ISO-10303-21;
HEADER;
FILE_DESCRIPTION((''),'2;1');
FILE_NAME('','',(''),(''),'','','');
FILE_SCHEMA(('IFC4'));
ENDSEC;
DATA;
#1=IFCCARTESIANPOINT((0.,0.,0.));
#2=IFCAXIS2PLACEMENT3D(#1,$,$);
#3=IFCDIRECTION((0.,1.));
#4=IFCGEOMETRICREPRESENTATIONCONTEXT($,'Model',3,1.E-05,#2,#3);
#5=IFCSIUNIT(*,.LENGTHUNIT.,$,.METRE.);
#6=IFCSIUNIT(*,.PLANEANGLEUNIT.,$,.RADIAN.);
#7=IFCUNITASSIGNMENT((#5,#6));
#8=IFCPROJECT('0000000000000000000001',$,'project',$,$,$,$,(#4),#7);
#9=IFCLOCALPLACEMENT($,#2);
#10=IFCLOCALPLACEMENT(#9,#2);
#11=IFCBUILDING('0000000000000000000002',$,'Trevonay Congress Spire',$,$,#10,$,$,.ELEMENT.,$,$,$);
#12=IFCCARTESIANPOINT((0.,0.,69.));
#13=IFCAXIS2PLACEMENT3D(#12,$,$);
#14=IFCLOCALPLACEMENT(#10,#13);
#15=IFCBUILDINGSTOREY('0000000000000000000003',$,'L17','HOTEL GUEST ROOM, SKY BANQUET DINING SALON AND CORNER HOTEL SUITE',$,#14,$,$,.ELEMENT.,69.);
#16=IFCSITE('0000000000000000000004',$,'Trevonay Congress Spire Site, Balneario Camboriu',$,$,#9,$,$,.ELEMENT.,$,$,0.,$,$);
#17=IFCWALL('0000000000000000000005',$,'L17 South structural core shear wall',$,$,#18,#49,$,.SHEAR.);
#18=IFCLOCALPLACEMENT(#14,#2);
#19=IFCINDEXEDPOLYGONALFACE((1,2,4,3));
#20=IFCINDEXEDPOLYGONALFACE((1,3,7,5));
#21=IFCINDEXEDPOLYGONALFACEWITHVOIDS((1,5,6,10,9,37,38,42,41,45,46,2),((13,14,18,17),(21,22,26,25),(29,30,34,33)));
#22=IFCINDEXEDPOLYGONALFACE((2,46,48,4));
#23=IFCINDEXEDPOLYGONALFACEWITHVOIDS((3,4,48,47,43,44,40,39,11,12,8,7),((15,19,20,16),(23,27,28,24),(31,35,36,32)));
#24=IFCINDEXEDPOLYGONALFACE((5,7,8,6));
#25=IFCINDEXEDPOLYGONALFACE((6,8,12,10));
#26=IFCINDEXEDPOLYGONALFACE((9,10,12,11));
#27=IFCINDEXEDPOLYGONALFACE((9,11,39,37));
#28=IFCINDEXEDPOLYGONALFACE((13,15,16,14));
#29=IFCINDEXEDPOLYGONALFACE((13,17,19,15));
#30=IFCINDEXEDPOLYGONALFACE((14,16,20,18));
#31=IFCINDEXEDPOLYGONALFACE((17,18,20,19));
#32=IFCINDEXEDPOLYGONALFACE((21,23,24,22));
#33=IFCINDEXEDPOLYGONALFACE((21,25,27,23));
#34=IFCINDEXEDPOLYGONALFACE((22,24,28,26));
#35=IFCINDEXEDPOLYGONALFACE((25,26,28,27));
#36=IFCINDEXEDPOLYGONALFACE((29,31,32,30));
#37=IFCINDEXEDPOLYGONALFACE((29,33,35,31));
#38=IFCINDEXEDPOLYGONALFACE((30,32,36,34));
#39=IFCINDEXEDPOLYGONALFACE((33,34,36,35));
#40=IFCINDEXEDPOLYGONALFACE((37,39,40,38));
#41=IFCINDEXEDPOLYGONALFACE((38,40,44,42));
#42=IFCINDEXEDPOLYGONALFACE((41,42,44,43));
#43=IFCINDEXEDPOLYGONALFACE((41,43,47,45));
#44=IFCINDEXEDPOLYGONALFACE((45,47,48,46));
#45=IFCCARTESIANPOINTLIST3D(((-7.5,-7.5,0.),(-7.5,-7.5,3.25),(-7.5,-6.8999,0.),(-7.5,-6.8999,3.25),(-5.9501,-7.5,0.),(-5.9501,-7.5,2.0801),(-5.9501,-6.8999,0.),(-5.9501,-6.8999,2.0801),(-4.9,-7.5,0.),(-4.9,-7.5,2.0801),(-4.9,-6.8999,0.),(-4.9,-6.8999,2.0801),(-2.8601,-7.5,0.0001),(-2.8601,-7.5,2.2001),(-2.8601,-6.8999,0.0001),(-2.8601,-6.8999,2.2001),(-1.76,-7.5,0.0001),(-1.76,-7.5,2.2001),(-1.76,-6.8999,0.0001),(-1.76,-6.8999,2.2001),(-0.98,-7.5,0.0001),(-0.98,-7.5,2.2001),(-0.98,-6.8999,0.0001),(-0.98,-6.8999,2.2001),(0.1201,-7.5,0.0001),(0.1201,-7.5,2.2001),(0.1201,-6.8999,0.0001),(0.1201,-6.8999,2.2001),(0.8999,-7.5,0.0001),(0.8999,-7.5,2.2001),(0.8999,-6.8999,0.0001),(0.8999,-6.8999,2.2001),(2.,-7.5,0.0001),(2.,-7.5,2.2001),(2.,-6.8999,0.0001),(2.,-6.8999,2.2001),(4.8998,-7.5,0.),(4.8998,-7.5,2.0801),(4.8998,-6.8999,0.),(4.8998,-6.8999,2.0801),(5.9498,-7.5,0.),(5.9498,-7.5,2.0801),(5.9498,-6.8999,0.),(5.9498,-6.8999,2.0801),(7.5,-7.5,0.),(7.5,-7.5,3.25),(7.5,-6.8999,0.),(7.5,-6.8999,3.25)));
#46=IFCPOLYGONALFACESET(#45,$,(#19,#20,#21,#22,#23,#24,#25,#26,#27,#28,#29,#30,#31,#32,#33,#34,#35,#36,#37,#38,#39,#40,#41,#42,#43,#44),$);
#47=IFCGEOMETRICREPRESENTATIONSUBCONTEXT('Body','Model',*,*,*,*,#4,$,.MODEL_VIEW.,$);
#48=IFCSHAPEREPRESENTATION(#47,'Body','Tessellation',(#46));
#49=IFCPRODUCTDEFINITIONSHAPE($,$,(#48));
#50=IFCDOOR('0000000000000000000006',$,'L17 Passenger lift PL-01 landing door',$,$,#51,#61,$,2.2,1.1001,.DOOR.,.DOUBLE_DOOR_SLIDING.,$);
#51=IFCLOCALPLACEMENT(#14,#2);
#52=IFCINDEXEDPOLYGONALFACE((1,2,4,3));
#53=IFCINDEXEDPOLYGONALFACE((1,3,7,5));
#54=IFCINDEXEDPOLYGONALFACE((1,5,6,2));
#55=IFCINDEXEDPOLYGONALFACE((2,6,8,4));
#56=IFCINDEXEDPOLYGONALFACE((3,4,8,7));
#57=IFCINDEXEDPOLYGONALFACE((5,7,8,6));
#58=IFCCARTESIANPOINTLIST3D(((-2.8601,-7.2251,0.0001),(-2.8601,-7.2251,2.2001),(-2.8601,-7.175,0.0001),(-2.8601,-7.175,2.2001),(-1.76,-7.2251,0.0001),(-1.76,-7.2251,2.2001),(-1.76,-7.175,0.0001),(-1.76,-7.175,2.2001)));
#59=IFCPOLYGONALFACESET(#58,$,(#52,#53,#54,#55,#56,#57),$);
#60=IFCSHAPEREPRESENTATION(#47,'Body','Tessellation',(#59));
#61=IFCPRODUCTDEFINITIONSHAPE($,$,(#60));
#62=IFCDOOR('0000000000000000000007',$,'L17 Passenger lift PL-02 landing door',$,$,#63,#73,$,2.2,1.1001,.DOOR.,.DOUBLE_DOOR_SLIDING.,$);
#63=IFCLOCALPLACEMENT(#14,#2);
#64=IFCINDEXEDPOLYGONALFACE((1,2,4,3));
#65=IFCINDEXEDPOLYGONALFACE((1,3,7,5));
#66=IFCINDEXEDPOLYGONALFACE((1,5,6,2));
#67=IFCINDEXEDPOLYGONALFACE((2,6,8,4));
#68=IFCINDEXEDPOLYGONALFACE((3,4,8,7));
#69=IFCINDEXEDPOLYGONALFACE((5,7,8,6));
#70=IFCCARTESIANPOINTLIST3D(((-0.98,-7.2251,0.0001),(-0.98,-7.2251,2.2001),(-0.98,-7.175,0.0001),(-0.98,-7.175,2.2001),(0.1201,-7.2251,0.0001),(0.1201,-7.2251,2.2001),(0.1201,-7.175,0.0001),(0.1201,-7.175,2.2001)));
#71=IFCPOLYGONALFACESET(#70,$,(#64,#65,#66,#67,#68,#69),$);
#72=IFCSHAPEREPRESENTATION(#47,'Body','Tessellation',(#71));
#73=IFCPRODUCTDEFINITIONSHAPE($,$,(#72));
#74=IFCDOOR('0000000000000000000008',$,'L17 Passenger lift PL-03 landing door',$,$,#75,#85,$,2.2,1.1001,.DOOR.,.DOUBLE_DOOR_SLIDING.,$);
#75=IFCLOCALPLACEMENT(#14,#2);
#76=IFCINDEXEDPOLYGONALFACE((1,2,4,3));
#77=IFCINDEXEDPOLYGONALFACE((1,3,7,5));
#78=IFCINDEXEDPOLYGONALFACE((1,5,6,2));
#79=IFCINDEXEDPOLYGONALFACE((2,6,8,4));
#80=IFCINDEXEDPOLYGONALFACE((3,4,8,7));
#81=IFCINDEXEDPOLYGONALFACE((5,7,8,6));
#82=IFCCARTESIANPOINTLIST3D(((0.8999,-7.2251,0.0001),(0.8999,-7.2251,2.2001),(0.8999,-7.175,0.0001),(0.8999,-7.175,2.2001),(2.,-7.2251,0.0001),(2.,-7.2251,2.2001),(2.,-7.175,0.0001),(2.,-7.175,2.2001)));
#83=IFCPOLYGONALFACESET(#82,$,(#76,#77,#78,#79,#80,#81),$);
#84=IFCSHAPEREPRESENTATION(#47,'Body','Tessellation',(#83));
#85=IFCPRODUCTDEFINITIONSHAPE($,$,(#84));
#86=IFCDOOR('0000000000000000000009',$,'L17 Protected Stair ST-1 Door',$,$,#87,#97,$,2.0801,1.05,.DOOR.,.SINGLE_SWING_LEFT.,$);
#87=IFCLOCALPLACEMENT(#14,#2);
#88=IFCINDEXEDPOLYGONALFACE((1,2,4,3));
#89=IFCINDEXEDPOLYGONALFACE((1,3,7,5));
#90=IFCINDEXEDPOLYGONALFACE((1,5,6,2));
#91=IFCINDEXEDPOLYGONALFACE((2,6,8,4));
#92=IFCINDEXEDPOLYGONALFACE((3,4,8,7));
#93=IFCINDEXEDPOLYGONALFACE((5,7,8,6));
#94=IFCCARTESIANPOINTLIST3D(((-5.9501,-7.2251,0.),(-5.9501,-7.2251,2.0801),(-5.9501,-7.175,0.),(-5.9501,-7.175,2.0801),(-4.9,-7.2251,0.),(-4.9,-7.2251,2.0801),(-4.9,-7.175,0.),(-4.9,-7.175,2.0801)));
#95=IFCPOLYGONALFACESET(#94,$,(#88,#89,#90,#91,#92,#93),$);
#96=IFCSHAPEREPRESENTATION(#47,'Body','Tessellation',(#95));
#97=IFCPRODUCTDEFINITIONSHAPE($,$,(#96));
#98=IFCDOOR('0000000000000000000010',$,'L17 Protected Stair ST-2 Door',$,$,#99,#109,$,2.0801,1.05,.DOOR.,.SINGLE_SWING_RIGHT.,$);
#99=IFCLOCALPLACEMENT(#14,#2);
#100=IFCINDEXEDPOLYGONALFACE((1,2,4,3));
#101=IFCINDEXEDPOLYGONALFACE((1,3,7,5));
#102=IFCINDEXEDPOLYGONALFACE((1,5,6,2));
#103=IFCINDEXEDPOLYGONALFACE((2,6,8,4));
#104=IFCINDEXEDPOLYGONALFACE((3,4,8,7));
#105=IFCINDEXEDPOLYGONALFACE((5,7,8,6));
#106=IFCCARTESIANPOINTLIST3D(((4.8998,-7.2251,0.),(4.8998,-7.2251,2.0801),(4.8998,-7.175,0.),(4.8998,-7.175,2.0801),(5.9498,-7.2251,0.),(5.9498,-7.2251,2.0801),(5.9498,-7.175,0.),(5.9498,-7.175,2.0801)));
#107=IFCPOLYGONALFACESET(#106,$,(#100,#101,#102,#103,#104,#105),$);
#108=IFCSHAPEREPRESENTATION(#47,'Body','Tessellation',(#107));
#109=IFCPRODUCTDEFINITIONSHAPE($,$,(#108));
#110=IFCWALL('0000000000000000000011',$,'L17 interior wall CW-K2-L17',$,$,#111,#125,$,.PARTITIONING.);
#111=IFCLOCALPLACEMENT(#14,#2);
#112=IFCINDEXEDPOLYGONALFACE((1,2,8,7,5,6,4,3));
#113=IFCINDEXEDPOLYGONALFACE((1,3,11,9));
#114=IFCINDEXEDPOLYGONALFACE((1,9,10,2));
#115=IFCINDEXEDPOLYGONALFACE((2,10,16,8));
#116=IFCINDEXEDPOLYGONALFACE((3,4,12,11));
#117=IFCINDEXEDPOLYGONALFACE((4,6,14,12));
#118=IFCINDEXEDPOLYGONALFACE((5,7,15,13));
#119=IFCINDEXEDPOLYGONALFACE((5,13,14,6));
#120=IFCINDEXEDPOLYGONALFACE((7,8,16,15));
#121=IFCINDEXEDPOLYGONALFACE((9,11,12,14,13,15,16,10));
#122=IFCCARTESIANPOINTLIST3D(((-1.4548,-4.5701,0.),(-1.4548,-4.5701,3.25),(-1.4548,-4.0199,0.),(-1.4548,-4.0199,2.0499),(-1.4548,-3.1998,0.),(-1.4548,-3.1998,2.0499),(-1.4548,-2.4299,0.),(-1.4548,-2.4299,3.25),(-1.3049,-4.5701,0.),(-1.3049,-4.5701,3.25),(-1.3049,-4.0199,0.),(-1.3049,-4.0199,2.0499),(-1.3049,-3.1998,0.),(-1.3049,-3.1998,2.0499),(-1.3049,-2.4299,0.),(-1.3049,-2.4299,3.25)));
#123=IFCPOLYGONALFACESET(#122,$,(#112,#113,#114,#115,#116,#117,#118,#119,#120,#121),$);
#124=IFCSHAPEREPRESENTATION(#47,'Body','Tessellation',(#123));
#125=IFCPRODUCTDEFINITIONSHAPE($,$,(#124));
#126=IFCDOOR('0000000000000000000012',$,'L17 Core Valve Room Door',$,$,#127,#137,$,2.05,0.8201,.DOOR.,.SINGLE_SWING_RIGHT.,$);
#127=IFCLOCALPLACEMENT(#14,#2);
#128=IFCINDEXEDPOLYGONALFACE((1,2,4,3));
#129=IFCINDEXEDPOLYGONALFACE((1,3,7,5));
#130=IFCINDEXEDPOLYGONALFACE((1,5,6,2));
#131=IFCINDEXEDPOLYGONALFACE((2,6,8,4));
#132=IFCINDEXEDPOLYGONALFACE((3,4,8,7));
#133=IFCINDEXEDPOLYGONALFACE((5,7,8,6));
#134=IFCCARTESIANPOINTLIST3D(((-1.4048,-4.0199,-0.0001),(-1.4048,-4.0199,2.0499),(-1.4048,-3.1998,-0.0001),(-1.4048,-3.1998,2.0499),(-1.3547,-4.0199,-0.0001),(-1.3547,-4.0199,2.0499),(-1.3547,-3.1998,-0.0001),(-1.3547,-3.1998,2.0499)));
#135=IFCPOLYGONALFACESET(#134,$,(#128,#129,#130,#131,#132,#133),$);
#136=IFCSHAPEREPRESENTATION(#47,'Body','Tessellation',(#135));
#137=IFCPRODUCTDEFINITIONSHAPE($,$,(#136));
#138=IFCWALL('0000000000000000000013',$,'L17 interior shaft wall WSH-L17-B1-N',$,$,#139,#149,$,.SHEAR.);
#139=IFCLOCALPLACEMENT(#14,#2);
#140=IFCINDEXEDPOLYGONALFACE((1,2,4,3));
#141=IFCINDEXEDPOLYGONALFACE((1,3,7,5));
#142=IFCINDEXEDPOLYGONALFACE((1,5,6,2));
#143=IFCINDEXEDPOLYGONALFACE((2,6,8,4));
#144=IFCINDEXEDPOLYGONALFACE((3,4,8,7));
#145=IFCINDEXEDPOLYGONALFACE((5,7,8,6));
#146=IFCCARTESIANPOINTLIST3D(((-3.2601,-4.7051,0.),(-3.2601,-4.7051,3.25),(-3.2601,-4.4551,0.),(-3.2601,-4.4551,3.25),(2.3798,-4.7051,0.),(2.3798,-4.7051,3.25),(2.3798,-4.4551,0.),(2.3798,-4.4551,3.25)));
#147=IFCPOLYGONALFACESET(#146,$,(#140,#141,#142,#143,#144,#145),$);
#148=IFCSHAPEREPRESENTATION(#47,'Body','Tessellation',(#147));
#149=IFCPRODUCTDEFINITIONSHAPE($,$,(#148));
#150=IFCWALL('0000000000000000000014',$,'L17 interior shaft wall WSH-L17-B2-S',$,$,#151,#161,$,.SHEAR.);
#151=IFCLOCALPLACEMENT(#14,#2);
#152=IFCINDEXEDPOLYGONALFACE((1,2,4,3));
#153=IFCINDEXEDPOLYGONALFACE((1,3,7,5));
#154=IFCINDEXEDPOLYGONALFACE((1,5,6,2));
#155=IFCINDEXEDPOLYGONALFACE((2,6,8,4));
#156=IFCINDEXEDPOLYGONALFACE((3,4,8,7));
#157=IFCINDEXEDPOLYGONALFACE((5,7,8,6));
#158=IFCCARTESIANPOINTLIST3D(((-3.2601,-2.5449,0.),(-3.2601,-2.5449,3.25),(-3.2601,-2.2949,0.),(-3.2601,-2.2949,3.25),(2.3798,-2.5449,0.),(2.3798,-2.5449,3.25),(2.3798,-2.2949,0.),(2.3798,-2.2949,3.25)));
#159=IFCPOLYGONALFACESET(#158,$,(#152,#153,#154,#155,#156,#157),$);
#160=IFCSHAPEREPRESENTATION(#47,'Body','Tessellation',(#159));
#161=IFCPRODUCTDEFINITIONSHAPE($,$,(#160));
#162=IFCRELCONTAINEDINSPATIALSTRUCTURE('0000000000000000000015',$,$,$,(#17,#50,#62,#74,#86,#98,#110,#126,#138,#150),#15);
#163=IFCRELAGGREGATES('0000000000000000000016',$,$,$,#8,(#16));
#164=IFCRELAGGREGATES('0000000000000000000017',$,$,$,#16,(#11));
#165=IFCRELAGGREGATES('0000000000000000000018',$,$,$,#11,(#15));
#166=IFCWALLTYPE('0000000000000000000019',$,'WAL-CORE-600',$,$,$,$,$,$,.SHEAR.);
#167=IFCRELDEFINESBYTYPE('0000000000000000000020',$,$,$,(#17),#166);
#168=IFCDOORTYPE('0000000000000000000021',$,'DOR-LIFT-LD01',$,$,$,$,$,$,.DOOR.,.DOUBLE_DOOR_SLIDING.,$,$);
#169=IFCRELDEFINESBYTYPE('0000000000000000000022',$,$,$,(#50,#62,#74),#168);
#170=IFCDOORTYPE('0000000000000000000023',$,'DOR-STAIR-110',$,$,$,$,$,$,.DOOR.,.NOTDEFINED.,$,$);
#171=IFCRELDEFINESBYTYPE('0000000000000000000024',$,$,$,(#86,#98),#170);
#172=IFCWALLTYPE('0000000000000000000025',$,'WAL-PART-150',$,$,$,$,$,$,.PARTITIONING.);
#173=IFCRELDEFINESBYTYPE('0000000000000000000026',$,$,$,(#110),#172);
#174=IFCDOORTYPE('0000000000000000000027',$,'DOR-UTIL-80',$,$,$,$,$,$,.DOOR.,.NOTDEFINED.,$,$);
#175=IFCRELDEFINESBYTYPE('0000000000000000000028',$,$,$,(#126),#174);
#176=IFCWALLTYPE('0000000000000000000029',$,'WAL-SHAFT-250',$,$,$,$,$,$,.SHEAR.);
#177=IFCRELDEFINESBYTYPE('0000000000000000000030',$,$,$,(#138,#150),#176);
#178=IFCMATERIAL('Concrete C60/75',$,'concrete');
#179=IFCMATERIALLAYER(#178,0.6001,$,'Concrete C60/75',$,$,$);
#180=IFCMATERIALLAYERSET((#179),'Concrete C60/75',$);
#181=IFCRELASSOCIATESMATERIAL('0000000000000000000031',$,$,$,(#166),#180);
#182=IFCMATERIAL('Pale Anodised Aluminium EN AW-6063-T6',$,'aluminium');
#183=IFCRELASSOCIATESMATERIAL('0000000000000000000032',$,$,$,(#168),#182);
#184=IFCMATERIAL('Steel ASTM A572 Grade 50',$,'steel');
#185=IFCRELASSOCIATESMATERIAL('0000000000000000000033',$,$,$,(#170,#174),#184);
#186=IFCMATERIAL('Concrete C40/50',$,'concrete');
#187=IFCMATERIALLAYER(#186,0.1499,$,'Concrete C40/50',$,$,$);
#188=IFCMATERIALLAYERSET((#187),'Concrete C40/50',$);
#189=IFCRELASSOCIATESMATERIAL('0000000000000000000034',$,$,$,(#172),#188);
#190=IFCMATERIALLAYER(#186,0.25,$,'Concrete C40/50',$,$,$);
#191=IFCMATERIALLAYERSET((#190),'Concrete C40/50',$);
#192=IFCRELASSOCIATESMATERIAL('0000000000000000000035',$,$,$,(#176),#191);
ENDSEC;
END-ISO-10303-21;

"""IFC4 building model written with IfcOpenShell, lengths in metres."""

from ifc_helpers import new_model, si_unit, direction, frame, frame_2d, origin, place, context, subcontext, project, spatial, rectangle, extrude, material, layer, layer_set, type_object, element, fill, save


model = new_model("IFC4")

# Units and contexts
model_context = context("Model", 3, precision=1e-05, world=origin(), true_north=direction((0.0, 1.0)))
body_context = subcontext(model_context, "Body", "Model", "MODEL_VIEW")
ifc_project = project(units=[si_unit("LENGTHUNIT", "METRE"), si_unit("PLANEANGLEUNIT", "RADIAN")], contexts=[model_context])

# Site, building, storey
site_placement = place(None, origin())
site = spatial("IfcSite", under=ifc_project, at=site_placement, Name="Trevonay Congress Spire Site, Balneario Camboriu", CompositionType="ELEMENT", RefElevation=0.0)
building_placement = place(site_placement, origin())
building = spatial("IfcBuilding", under=site, at=building_placement, Name="Trevonay Congress Spire", CompositionType="ELEMENT")
storey_placement = place(building_placement, frame((0.0, 0.0, 69.0)))
storey = spatial("IfcBuildingStorey", under=building, at=storey_placement, Name="L17", Description="HOTEL GUEST ROOM, SKY BANQUET DINING SALON AND CORNER HOTEL SUITE", CompositionType="ELEMENT", Elevation=69.0)

# Shared definitions
ifc_material_1 = material(Name="Steel ASTM A572 Grade 50", Category="steel")

# Shared definitions
ifc_material_2 = material(Name="Concrete C40/50", Category="concrete")

# Wall, openings, doors
ifc_material_3 = material(Name="Concrete C60/75", Category="concrete")
ifc_layer_1 = layer(ifc_material_3, 0.6001, Name="Concrete C60/75")
ifc_layer_set_1 = layer_set([ifc_layer_1], Name="Concrete C60/75")
wall_type_1 = type_object("IfcWallType", Name="WAL-CORE-600", PredefinedType="SHEAR", material=ifc_layer_set_1)
wall_1_placement = place(storey_placement, frame((-7.5, -7.2, 0.0), z_axis=(0.0, 0.0, 1.0), x_axis=(1.0, 0.0, 0.0)))
wall_1 = element("IfcWall", 1, at=wall_1_placement, inside=storey, type_object=wall_type_1, Name="L17 South structural core shear wall", PredefinedType="SHEAR", context=body_context, shape_type="SweptSolid", body=[
    extrude(rectangle(XDim=15.0, YDim=0.6001, at=frame_2d((7.5, 0.0))), origin(), (0.0, 0.0, 1.0), 3.25),
])
opening_1_placement = place(wall_1_placement, frame((1.55, 0.0, 0.0)))
opening_1 = element("IfcOpeningElement", 2, at=opening_1_placement, cuts=wall_1, PredefinedType="OPENING", context=body_context, shape_type="SweptSolid", body=[
    extrude(rectangle(XDim=1.05, YDim=2.0801, at=frame_2d((0.5249, 1.04))), frame((0.0, 0.3101, 0.0), z_axis=(0.0, -1.0, 0.0), x_axis=(1.0, 0.0, 0.0)), (0.0, 0.0, 1.0), 0.6201),
])
opening_2_placement = place(wall_1_placement, frame((12.3999, 0.0, 0.0)))
opening_2 = element("IfcOpeningElement", 3, at=opening_2_placement, cuts=wall_1, PredefinedType="OPENING", context=body_context, shape_type="SweptSolid", body=[
    extrude(rectangle(XDim=1.05, YDim=2.0801, at=frame_2d((0.5249, 1.04))), frame((0.0, 0.3101, 0.0), z_axis=(0.0, -1.0, 0.0), x_axis=(1.0, 0.0, 0.0)), (0.0, 0.0, 1.0), 0.6201),
])
opening_3_placement = place(wall_1_placement, frame((4.6399, 0.0, 0.0)))
opening_3 = element("IfcOpeningElement", 4, at=opening_3_placement, cuts=wall_1, PredefinedType="OPENING", context=body_context, shape_type="SweptSolid", body=[
    extrude(rectangle(XDim=1.1001, YDim=2.2, at=frame_2d((0.55, 1.1001))), frame((0.0, 0.3101, 0.0), z_axis=(0.0, -1.0, 0.0), x_axis=(1.0, 0.0, 0.0)), (0.0, 0.0, 1.0), 0.6201),
])
opening_4_placement = place(wall_1_placement, frame((6.52, 0.0, 0.0)))
opening_4 = element("IfcOpeningElement", 5, at=opening_4_placement, cuts=wall_1, PredefinedType="OPENING", context=body_context, shape_type="SweptSolid", body=[
    extrude(rectangle(XDim=1.1001, YDim=2.2, at=frame_2d((0.55, 1.1001))), frame((0.0, 0.3101, 0.0), z_axis=(0.0, -1.0, 0.0), x_axis=(1.0, 0.0, 0.0)), (0.0, 0.0, 1.0), 0.6201),
])
opening_5_placement = place(wall_1_placement, frame((8.3999, 0.0, 0.0)))
opening_5 = element("IfcOpeningElement", 6, at=opening_5_placement, cuts=wall_1, PredefinedType="OPENING", context=body_context, shape_type="SweptSolid", body=[
    extrude(rectangle(XDim=1.1001, YDim=2.2, at=frame_2d((0.55, 1.1001))), frame((0.0, 0.3101, 0.0), z_axis=(0.0, -1.0, 0.0), x_axis=(1.0, 0.0, 0.0)), (0.0, 0.0, 1.0), 0.6201),
])
ifc_material_4 = material(Name="Pale Anodised Aluminium EN AW-6063-T6", Category="aluminium")
door_type_1 = type_object("IfcDoorType", Name="DOR-LIFT-LD01", OperationType="DOUBLE_DOOR_SLIDING", PredefinedType="DOOR", material=ifc_material_4)
door_1_placement = place(opening_3_placement, origin())
door_1 = element("IfcDoor", 7, at=door_1_placement, inside=storey, type_object=door_type_1, Name="L17 Passenger lift PL-01 landing door", OperationType="DOUBLE_DOOR_SLIDING", OverallHeight=2.2, OverallWidth=1.1001, PredefinedType="DOOR", context=body_context, shape_type="SweptSolid", body=[
    extrude(rectangle(XDim=1.1001, YDim=2.2, at=frame_2d((0.55, 1.1001))), frame((0.0, 0.0249, 0.0), z_axis=(0.0, -1.0, 0.0), x_axis=(1.0, 0.0, 0.0)), (0.0, 0.0, 1.0), 0.05),
])
fill(opening_3, door_1)
door_2_placement = place(opening_4_placement, origin())
door_2 = element("IfcDoor", 8, at=door_2_placement, inside=storey, type_object=door_type_1, Name="L17 Passenger lift PL-02 landing door", OperationType="DOUBLE_DOOR_SLIDING", OverallHeight=2.2, OverallWidth=1.1001, PredefinedType="DOOR", context=body_context, shape_type="SweptSolid", body=[
    extrude(rectangle(XDim=1.1001, YDim=2.2, at=frame_2d((0.55, 1.1001))), frame((0.0, 0.0249, 0.0), z_axis=(0.0, -1.0, 0.0), x_axis=(1.0, 0.0, 0.0)), (0.0, 0.0, 1.0), 0.05),
])
fill(opening_4, door_2)
door_3_placement = place(opening_5_placement, origin())
door_3 = element("IfcDoor", 9, at=door_3_placement, inside=storey, type_object=door_type_1, Name="L17 Passenger lift PL-03 landing door", OperationType="DOUBLE_DOOR_SLIDING", OverallHeight=2.2, OverallWidth=1.1001, PredefinedType="DOOR", context=body_context, shape_type="SweptSolid", body=[
    extrude(rectangle(XDim=1.1001, YDim=2.2, at=frame_2d((0.55, 1.1001))), frame((0.0, 0.0249, 0.0), z_axis=(0.0, -1.0, 0.0), x_axis=(1.0, 0.0, 0.0)), (0.0, 0.0, 1.0), 0.05),
])
fill(opening_5, door_3)
door_type_2 = type_object("IfcDoorType", Name="DOR-STAIR-110", OperationType="NOTDEFINED", PredefinedType="DOOR", material=ifc_material_1)
door_4_placement = place(opening_1_placement, origin())
door_4 = element("IfcDoor", 10, at=door_4_placement, inside=storey, type_object=door_type_2, Name="L17 Protected Stair ST-1 Door", OperationType="SINGLE_SWING_LEFT", OverallHeight=2.0801, OverallWidth=1.05, PredefinedType="DOOR", context=body_context, shape_type="SweptSolid", body=[
    extrude(rectangle(XDim=1.05, YDim=2.0801, at=frame_2d((0.5249, 1.04))), frame((0.0, 0.0249, 0.0), z_axis=(0.0, -1.0, 0.0), x_axis=(1.0, 0.0, 0.0)), (0.0, 0.0, 1.0), 0.05),
])
fill(opening_1, door_4)
door_5_placement = place(opening_2_placement, origin())
door_5 = element("IfcDoor", 11, at=door_5_placement, inside=storey, type_object=door_type_2, Name="L17 Protected Stair ST-2 Door", OperationType="SINGLE_SWING_RIGHT", OverallHeight=2.0801, OverallWidth=1.05, PredefinedType="DOOR", context=body_context, shape_type="SweptSolid", body=[
    extrude(rectangle(XDim=1.05, YDim=2.0801, at=frame_2d((0.5249, 1.04))), frame((0.0, 0.0249, 0.0), z_axis=(0.0, -1.0, 0.0), x_axis=(1.0, 0.0, 0.0)), (0.0, 0.0, 1.0), 0.05),
])
fill(opening_2, door_5)

# Wall, opening, door
ifc_layer_2 = layer(ifc_material_2, 0.1499, Name="Concrete C40/50")
ifc_layer_set_2 = layer_set([ifc_layer_2], Name="Concrete C40/50")
wall_type_2 = type_object("IfcWallType", Name="WAL-PART-150", PredefinedType="PARTITIONING", material=ifc_layer_set_2)
wall_2_placement = place(storey_placement, frame((-1.3799, -4.5701, 0.0), z_axis=(0.0, 0.0, 1.0), x_axis=(0.0, 1.0, 0.0)))
wall_2 = element("IfcWall", 12, at=wall_2_placement, inside=storey, type_object=wall_type_2, Name="L17 interior wall CW-K2-L17", PredefinedType="PARTITIONING", context=body_context, shape_type="SweptSolid", body=[
    extrude(rectangle(XDim=2.1401, YDim=0.1499, at=frame_2d((1.0701, 0.0))), origin(), (0.0, 0.0, 1.0), 3.25),
])
opening_6_placement = place(wall_2_placement, frame((0.55, 0.0, 0.0)))
opening_6 = element("IfcOpeningElement", 13, at=opening_6_placement, cuts=wall_2, PredefinedType="OPENING", context=body_context, shape_type="SweptSolid", body=[
    extrude(rectangle(XDim=0.8201, YDim=2.05, at=frame_2d((0.4102, 1.0249))), frame((0.0, 0.085, 0.0), z_axis=(0.0, -1.0, 0.0), x_axis=(1.0, 0.0, 0.0)), (0.0, 0.0, 1.0), 0.1699),
])
door_type_3 = type_object("IfcDoorType", Name="DOR-UTIL-80", OperationType="NOTDEFINED", PredefinedType="DOOR", material=ifc_material_1)
door_6_placement = place(opening_6_placement, origin())
door_6 = element("IfcDoor", 14, at=door_6_placement, inside=storey, type_object=door_type_3, Name="L17 Core Valve Room Door", OperationType="SINGLE_SWING_RIGHT", OverallHeight=2.05, OverallWidth=0.8201, PredefinedType="DOOR", context=body_context, shape_type="SweptSolid", body=[
    extrude(rectangle(XDim=0.8201, YDim=2.05, at=frame_2d((0.4102, 1.0249))), frame((0.0, 0.0249, 0.0), z_axis=(0.0, -1.0, 0.0), x_axis=(1.0, 0.0, 0.0)), (0.0, 0.0, 1.0), 0.05),
])
fill(opening_6, door_6)

# Walls
ifc_layer_3 = layer(ifc_material_2, 0.25, Name="Concrete C40/50")
ifc_layer_set_3 = layer_set([ifc_layer_3], Name="Concrete C40/50")
wall_type_3 = type_object("IfcWallType", Name="WAL-SHAFT-250", PredefinedType="SHEAR", material=ifc_layer_set_3)
for number, where, z_axis, x_axis, name in (
    (15, (-3.26, -4.5801, 0.0), (0.0, 0.0, 1.0), (1.0, 0.0, 0.0), "L17 interior shaft wall WSH-L17-B1-N"),
    (16, (-3.26, -2.4199, 0.0), (0.0, 0.0, 1.0), (1.0, 0.0, 0.0), "L17 interior shaft wall WSH-L17-B2-S"),
):
    element("IfcWall", number, at=place(storey_placement, frame(where, z_axis=z_axis, x_axis=x_axis)), inside=storey, type_object=wall_type_3, Name=name, PredefinedType="SHEAR", context=body_context, shape_type="SweptSolid", body=[
        extrude(rectangle(XDim=5.6399, YDim=0.25, at=frame_2d((2.8198, 0.0))), origin(), (0.0, 0.0, 1.0), 3.25),
    ])

save(model, "model.ifc")
